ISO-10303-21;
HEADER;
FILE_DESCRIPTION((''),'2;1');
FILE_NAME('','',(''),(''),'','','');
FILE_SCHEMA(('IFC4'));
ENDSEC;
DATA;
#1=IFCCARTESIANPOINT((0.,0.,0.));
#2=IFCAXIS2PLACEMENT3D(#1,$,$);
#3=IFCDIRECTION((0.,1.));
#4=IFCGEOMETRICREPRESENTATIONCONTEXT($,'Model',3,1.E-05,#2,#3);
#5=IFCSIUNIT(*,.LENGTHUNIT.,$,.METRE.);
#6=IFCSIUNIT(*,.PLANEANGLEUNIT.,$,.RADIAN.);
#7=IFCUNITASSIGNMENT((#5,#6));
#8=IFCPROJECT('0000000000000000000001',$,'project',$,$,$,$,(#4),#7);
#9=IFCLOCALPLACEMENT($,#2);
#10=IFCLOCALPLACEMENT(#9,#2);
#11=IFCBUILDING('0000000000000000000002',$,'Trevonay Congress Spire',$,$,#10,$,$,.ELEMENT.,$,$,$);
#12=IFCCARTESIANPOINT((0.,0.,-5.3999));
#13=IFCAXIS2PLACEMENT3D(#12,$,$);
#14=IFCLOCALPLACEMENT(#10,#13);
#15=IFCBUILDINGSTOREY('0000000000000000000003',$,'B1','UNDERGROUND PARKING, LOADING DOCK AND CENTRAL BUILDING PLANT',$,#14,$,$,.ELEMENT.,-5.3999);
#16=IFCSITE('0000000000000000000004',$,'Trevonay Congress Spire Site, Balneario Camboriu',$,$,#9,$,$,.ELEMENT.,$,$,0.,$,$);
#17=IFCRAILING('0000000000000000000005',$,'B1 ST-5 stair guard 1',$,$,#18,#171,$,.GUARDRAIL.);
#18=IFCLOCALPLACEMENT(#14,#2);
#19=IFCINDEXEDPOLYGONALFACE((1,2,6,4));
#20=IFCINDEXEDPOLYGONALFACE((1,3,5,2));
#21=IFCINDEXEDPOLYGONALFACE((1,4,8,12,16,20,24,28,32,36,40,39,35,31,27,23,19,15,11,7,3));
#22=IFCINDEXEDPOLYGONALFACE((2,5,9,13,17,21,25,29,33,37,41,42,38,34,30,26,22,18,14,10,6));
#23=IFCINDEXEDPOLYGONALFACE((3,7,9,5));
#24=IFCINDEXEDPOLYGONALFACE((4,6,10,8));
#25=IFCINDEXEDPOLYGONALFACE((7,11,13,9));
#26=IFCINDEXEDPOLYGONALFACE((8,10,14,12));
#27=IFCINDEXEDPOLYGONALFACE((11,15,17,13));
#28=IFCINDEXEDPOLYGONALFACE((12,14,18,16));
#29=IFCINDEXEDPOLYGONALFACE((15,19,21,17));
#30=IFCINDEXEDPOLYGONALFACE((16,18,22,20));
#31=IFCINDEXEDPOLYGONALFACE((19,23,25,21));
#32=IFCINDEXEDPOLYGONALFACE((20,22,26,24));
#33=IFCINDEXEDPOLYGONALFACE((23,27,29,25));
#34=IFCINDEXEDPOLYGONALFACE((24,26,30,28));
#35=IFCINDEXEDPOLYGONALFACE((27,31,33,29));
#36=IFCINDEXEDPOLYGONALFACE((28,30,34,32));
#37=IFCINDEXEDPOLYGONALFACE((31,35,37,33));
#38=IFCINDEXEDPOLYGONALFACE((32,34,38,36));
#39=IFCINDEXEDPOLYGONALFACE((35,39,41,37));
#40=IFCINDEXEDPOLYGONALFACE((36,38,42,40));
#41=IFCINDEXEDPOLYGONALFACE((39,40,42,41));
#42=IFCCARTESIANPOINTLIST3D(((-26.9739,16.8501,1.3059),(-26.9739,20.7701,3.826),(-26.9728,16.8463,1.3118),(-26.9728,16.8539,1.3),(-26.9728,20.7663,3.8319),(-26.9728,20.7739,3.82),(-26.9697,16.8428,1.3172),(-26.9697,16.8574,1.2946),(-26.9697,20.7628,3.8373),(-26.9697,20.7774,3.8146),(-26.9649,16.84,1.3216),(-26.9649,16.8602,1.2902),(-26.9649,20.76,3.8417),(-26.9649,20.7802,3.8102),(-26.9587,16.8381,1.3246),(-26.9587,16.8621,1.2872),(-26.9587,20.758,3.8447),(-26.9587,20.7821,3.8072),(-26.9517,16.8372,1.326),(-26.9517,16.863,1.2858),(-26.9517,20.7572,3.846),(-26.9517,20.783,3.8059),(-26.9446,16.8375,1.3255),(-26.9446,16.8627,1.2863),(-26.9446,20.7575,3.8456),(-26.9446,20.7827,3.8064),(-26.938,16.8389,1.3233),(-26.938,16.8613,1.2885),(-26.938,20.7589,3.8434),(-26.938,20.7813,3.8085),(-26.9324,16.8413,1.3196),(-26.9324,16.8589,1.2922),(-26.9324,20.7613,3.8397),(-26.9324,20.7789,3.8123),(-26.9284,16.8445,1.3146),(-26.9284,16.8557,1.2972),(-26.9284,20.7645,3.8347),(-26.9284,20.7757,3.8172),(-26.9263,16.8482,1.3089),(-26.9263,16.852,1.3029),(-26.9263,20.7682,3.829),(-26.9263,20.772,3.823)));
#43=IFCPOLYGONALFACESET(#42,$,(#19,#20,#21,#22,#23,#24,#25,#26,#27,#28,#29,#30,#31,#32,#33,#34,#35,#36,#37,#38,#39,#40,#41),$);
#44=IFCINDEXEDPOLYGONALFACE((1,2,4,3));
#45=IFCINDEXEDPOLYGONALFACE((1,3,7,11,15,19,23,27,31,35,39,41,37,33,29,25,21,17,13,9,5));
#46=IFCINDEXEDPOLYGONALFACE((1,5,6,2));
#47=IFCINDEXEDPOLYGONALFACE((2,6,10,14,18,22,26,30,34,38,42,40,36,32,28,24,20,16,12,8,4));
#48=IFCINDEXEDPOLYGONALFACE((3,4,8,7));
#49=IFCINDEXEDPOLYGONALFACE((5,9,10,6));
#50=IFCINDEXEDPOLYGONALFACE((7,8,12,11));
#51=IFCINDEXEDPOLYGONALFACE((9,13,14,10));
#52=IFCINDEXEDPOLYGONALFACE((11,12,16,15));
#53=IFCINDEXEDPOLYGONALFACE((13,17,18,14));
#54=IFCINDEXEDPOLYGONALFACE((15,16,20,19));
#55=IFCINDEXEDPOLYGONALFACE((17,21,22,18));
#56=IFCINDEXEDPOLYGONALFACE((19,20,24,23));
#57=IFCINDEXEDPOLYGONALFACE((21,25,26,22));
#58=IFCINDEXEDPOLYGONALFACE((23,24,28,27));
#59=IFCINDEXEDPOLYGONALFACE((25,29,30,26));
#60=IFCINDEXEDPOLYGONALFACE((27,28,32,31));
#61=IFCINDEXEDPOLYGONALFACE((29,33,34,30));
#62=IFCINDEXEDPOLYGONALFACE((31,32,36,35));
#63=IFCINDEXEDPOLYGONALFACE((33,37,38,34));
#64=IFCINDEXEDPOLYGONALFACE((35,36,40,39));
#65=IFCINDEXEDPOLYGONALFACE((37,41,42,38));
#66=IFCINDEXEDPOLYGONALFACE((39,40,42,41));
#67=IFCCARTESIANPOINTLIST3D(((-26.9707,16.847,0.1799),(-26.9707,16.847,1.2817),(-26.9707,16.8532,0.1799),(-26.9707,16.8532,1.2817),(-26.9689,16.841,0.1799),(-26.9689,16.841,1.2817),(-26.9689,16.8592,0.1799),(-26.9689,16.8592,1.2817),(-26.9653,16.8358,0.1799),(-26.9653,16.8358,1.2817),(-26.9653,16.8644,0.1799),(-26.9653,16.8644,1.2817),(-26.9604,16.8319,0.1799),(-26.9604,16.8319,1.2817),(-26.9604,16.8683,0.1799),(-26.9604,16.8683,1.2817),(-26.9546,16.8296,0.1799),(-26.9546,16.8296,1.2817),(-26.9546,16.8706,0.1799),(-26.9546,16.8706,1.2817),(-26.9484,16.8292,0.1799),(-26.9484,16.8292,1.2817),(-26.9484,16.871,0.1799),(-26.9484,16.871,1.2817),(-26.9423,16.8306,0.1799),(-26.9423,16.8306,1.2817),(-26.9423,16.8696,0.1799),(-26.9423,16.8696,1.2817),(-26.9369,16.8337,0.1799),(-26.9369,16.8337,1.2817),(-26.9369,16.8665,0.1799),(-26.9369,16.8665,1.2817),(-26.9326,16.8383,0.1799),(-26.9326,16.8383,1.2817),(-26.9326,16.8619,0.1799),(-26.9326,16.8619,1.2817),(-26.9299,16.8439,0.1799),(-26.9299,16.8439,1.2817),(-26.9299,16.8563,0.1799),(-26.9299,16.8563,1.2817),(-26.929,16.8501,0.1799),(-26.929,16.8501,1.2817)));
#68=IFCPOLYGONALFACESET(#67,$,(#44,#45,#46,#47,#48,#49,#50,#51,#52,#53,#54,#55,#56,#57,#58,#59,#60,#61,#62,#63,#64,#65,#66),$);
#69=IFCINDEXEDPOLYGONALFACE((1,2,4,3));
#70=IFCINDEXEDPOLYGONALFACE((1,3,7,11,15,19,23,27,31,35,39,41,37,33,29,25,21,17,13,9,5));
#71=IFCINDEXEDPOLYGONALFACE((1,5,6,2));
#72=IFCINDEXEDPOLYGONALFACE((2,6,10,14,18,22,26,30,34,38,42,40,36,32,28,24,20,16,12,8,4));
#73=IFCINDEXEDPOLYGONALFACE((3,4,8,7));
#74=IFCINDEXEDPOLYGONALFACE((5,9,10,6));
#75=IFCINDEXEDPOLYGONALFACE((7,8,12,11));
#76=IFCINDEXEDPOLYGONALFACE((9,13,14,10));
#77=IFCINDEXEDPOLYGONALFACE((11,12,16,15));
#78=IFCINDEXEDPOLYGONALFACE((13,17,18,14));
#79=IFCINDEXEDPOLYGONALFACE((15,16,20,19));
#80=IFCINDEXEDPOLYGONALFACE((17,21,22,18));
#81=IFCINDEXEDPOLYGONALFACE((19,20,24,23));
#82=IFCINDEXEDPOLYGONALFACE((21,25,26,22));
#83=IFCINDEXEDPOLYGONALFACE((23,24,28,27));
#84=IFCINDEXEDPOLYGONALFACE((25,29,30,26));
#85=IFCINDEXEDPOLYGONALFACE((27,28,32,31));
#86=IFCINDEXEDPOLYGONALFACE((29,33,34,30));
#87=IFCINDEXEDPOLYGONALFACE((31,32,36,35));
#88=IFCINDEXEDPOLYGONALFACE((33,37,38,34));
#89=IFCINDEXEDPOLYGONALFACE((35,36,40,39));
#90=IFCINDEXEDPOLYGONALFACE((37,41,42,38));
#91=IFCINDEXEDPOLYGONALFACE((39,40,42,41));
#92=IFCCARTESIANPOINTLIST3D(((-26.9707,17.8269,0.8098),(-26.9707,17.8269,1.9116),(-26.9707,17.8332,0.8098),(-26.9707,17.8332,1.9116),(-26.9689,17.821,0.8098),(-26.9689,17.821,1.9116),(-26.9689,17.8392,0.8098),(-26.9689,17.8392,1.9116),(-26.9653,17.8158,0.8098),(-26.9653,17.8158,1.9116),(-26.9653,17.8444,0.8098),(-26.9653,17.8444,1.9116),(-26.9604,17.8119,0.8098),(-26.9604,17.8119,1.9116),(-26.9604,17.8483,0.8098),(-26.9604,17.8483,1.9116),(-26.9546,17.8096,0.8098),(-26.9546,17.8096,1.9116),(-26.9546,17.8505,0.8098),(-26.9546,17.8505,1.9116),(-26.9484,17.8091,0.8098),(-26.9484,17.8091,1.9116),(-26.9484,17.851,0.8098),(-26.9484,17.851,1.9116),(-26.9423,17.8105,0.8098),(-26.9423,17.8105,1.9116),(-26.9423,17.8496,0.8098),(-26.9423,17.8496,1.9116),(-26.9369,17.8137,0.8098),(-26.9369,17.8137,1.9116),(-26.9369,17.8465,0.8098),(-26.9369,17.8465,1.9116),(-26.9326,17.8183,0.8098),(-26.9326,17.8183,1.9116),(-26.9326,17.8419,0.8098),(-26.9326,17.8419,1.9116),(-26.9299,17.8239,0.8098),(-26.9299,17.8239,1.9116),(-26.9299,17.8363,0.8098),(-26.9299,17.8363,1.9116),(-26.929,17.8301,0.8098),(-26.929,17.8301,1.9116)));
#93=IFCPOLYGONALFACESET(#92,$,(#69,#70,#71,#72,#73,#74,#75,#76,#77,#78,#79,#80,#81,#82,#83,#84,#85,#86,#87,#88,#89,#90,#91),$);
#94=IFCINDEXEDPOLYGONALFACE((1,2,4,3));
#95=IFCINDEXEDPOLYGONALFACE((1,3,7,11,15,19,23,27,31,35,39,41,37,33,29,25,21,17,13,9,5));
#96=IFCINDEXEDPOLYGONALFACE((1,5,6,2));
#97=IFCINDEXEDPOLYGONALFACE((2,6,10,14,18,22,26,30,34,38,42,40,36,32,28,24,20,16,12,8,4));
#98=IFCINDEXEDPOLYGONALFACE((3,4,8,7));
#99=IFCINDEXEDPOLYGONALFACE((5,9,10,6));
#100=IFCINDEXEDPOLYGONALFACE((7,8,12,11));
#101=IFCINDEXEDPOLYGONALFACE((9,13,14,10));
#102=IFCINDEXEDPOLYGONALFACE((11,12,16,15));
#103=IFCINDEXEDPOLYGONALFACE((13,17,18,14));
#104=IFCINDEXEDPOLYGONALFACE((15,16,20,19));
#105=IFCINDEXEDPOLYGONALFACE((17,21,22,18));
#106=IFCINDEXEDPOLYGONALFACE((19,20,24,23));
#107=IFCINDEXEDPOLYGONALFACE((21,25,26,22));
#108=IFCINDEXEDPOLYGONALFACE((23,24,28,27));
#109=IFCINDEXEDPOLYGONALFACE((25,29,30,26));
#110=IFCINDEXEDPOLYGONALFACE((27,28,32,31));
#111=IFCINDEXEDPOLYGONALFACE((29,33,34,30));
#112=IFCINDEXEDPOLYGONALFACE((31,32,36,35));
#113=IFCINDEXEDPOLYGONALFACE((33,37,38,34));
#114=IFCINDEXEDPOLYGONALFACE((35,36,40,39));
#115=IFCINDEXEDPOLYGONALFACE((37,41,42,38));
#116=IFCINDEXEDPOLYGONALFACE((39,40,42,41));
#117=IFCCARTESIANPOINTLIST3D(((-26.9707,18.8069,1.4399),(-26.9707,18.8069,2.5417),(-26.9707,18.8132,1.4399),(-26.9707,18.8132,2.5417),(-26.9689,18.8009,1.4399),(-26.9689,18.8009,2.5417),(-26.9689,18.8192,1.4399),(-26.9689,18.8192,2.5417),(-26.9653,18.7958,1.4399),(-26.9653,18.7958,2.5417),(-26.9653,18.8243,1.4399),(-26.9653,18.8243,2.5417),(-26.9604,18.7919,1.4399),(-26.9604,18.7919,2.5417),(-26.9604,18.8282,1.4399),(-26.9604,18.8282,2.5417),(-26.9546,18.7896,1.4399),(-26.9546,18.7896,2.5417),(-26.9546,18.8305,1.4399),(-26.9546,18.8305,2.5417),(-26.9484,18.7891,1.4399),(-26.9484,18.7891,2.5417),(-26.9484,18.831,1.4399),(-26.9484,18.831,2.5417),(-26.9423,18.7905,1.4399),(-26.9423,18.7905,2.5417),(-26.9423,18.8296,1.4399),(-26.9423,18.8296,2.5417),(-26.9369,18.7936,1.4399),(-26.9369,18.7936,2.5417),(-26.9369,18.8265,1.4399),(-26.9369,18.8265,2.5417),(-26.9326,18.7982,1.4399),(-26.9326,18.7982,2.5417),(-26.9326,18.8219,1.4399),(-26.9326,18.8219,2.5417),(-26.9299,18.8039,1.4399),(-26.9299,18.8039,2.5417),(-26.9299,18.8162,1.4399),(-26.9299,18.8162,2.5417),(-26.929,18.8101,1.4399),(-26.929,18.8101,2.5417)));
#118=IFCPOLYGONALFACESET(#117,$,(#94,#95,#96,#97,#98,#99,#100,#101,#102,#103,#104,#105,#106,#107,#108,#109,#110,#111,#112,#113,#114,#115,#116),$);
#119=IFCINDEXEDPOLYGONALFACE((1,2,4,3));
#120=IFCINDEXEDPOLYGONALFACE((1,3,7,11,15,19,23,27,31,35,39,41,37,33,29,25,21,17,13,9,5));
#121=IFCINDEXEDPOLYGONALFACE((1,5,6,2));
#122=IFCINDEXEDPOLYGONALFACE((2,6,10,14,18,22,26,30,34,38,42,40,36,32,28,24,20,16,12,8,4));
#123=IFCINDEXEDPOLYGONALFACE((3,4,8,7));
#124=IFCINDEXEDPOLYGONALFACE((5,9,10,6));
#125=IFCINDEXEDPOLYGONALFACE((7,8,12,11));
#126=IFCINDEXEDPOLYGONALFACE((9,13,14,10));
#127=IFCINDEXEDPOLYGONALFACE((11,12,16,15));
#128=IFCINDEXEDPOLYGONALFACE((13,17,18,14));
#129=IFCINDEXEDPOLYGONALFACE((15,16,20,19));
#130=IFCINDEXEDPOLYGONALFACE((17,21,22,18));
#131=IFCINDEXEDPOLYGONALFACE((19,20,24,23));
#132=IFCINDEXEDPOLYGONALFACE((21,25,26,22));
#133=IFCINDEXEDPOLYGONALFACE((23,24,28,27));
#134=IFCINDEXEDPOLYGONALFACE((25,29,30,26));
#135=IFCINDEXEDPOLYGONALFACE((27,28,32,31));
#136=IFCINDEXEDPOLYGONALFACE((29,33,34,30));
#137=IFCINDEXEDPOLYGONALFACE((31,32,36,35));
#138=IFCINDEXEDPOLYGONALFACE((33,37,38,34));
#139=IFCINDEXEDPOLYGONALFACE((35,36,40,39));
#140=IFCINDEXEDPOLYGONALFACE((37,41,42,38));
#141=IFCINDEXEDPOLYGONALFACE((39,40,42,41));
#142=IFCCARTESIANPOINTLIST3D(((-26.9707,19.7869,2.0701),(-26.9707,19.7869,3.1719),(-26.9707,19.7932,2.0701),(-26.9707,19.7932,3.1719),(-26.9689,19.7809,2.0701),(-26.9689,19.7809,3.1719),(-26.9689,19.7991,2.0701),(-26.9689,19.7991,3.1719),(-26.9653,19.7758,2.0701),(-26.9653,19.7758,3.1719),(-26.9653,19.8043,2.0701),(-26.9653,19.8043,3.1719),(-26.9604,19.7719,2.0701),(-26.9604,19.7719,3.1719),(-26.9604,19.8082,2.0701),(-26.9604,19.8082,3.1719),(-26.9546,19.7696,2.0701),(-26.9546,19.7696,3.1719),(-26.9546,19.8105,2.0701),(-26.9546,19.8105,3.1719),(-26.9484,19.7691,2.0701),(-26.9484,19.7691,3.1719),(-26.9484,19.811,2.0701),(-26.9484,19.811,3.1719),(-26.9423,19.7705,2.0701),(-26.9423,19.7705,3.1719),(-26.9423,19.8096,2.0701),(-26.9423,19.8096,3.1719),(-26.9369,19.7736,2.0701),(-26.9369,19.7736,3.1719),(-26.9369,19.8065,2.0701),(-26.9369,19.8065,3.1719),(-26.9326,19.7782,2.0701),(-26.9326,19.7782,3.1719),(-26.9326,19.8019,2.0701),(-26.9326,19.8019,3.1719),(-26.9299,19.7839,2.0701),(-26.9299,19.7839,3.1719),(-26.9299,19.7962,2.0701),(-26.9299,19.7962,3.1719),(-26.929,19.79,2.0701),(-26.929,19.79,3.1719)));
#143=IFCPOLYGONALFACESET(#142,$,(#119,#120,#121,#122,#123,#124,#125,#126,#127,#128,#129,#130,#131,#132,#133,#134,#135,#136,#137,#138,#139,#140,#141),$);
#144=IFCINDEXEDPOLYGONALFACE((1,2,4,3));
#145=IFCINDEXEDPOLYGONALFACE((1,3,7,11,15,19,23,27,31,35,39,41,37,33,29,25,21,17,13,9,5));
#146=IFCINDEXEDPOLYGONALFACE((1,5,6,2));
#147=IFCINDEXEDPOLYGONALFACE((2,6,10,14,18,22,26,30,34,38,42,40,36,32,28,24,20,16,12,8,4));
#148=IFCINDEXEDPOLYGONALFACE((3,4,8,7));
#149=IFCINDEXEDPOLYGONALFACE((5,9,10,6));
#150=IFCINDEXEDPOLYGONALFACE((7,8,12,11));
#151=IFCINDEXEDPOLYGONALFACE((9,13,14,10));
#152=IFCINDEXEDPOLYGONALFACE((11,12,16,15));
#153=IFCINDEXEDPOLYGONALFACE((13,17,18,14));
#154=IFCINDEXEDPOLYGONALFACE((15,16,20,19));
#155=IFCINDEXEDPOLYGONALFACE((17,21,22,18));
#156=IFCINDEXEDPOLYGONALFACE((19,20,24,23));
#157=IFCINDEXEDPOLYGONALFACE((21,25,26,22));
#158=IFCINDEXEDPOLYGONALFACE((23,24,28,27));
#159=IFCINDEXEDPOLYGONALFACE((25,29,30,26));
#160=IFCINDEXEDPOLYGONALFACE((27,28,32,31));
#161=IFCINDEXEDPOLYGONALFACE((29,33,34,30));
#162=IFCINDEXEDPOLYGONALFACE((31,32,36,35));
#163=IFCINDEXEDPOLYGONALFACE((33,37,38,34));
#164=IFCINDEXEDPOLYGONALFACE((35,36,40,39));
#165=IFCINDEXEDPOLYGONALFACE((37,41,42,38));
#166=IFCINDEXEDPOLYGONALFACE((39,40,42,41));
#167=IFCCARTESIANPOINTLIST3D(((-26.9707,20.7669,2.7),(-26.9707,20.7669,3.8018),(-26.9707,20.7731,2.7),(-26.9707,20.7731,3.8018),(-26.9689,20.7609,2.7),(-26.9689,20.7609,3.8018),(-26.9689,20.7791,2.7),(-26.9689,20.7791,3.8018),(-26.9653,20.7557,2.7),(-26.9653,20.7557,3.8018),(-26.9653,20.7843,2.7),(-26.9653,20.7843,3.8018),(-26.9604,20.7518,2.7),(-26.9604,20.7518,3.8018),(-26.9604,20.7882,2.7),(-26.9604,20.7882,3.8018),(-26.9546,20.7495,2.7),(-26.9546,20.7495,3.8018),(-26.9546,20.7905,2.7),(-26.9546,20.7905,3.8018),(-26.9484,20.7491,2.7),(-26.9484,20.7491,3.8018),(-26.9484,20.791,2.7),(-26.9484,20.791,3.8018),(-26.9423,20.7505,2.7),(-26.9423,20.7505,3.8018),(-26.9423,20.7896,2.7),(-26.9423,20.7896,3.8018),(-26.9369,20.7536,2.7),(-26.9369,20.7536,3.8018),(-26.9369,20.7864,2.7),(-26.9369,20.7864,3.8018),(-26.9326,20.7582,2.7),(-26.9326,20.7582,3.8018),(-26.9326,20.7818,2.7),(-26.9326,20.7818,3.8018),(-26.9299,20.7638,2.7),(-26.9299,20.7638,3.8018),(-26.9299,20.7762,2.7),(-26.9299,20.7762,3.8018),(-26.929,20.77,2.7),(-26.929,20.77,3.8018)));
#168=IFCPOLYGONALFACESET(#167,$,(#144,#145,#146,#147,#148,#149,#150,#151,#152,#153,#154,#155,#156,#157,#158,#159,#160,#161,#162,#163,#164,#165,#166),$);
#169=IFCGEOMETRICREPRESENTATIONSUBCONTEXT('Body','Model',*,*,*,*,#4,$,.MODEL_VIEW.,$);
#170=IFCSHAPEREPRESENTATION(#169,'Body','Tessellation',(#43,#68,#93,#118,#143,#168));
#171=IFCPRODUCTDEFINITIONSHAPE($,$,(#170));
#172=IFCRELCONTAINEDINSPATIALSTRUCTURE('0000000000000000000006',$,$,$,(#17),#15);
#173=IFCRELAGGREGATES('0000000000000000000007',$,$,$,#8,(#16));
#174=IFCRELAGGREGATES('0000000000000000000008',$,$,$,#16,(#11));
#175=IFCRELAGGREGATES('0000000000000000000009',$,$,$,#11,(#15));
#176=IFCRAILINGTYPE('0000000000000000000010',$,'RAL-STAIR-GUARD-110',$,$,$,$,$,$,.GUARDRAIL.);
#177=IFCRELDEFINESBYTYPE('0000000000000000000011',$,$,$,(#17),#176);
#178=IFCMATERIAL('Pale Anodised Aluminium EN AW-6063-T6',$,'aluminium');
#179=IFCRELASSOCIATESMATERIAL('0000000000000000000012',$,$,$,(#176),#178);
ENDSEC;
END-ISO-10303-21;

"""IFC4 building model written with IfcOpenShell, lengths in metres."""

from ifc_helpers import new_model, si_unit, direction, frame, origin, origin_2d, place, context, subcontext, project, spatial, circle, extrude, material, type_object, element, save


model = new_model("IFC4")

# Units and contexts
model_context = context("Model", 3, precision=1e-05, world=origin(), true_north=direction((0.0, 1.0)))
body_context = subcontext(model_context, "Body", "Model", "MODEL_VIEW")
ifc_project = project(units=[si_unit("LENGTHUNIT", "METRE"), si_unit("PLANEANGLEUNIT", "RADIAN")], contexts=[model_context])

# Site, building, storey
site_placement = place(None, origin())
site = spatial("IfcSite", under=ifc_project, at=site_placement, Name="Trevonay Congress Spire Site, Balneario Camboriu", CompositionType="ELEMENT", RefElevation=0.0)
building_placement = place(site_placement, origin())
building = spatial("IfcBuilding", under=site, at=building_placement, Name="Trevonay Congress Spire", CompositionType="ELEMENT")
storey_placement = place(building_placement, frame((0.0, 0.0, -5.3999)))
storey = spatial("IfcBuildingStorey", under=building, at=storey_placement, Name="B1", Description="UNDERGROUND PARKING, LOADING DOCK AND CENTRAL BUILDING PLANT", CompositionType="ELEMENT", Elevation=-5.3999)

# Railing
ifc_material_1 = material(Name="Pale Anodised Aluminium EN AW-6063-T6", Category="aluminium")
railing_type_1 = type_object("IfcRailingType", Name="RAL-STAIR-GUARD-110", PredefinedType="GUARDRAIL", material=ifc_material_1)
railing_1_placement = place(storey_placement, frame((-26.95, 16.8501, 0.1799)))
element("IfcRailing", 1, at=railing_1_placement, inside=storey, type_object=railing_type_1, Name="B1 ST-5 stair guard 1", PredefinedType="GUARDRAIL", context=body_context, shape_type="SweptSolid", body=[
    extrude(circle(Radius=0.0239, at=origin_2d()), frame((0.0, 0.0, 1.126), z_axis=(0.0, 0.841172, 0.540768), x_axis=(-1.0, 0.0, 0.0)), (0.0, 0.0, 1.0), 4.6602),
    extrude(circle(Radius=0.021, at=origin_2d()), origin(), (0.0, 0.0, 1.0), 1.1018),
    extrude(circle(Radius=0.021, at=origin_2d()), frame((0.0, 0.98, 0.6299)), (0.0, 0.0, 1.0), 1.1018),
    extrude(circle(Radius=0.021, at=origin_2d()), frame((0.0, 1.96, 1.26)), (0.0, 0.0, 1.0), 1.1018),
    extrude(circle(Radius=0.021, at=origin_2d()), frame((0.0, 2.9399, 1.8901)), (0.0, 0.0, 1.0), 1.1018),
    extrude(circle(Radius=0.021, at=origin_2d()), frame((0.0, 3.9199, 2.52)), (0.0, 0.0, 1.0), 1.1018),
])

save(model, "model.ifc")
